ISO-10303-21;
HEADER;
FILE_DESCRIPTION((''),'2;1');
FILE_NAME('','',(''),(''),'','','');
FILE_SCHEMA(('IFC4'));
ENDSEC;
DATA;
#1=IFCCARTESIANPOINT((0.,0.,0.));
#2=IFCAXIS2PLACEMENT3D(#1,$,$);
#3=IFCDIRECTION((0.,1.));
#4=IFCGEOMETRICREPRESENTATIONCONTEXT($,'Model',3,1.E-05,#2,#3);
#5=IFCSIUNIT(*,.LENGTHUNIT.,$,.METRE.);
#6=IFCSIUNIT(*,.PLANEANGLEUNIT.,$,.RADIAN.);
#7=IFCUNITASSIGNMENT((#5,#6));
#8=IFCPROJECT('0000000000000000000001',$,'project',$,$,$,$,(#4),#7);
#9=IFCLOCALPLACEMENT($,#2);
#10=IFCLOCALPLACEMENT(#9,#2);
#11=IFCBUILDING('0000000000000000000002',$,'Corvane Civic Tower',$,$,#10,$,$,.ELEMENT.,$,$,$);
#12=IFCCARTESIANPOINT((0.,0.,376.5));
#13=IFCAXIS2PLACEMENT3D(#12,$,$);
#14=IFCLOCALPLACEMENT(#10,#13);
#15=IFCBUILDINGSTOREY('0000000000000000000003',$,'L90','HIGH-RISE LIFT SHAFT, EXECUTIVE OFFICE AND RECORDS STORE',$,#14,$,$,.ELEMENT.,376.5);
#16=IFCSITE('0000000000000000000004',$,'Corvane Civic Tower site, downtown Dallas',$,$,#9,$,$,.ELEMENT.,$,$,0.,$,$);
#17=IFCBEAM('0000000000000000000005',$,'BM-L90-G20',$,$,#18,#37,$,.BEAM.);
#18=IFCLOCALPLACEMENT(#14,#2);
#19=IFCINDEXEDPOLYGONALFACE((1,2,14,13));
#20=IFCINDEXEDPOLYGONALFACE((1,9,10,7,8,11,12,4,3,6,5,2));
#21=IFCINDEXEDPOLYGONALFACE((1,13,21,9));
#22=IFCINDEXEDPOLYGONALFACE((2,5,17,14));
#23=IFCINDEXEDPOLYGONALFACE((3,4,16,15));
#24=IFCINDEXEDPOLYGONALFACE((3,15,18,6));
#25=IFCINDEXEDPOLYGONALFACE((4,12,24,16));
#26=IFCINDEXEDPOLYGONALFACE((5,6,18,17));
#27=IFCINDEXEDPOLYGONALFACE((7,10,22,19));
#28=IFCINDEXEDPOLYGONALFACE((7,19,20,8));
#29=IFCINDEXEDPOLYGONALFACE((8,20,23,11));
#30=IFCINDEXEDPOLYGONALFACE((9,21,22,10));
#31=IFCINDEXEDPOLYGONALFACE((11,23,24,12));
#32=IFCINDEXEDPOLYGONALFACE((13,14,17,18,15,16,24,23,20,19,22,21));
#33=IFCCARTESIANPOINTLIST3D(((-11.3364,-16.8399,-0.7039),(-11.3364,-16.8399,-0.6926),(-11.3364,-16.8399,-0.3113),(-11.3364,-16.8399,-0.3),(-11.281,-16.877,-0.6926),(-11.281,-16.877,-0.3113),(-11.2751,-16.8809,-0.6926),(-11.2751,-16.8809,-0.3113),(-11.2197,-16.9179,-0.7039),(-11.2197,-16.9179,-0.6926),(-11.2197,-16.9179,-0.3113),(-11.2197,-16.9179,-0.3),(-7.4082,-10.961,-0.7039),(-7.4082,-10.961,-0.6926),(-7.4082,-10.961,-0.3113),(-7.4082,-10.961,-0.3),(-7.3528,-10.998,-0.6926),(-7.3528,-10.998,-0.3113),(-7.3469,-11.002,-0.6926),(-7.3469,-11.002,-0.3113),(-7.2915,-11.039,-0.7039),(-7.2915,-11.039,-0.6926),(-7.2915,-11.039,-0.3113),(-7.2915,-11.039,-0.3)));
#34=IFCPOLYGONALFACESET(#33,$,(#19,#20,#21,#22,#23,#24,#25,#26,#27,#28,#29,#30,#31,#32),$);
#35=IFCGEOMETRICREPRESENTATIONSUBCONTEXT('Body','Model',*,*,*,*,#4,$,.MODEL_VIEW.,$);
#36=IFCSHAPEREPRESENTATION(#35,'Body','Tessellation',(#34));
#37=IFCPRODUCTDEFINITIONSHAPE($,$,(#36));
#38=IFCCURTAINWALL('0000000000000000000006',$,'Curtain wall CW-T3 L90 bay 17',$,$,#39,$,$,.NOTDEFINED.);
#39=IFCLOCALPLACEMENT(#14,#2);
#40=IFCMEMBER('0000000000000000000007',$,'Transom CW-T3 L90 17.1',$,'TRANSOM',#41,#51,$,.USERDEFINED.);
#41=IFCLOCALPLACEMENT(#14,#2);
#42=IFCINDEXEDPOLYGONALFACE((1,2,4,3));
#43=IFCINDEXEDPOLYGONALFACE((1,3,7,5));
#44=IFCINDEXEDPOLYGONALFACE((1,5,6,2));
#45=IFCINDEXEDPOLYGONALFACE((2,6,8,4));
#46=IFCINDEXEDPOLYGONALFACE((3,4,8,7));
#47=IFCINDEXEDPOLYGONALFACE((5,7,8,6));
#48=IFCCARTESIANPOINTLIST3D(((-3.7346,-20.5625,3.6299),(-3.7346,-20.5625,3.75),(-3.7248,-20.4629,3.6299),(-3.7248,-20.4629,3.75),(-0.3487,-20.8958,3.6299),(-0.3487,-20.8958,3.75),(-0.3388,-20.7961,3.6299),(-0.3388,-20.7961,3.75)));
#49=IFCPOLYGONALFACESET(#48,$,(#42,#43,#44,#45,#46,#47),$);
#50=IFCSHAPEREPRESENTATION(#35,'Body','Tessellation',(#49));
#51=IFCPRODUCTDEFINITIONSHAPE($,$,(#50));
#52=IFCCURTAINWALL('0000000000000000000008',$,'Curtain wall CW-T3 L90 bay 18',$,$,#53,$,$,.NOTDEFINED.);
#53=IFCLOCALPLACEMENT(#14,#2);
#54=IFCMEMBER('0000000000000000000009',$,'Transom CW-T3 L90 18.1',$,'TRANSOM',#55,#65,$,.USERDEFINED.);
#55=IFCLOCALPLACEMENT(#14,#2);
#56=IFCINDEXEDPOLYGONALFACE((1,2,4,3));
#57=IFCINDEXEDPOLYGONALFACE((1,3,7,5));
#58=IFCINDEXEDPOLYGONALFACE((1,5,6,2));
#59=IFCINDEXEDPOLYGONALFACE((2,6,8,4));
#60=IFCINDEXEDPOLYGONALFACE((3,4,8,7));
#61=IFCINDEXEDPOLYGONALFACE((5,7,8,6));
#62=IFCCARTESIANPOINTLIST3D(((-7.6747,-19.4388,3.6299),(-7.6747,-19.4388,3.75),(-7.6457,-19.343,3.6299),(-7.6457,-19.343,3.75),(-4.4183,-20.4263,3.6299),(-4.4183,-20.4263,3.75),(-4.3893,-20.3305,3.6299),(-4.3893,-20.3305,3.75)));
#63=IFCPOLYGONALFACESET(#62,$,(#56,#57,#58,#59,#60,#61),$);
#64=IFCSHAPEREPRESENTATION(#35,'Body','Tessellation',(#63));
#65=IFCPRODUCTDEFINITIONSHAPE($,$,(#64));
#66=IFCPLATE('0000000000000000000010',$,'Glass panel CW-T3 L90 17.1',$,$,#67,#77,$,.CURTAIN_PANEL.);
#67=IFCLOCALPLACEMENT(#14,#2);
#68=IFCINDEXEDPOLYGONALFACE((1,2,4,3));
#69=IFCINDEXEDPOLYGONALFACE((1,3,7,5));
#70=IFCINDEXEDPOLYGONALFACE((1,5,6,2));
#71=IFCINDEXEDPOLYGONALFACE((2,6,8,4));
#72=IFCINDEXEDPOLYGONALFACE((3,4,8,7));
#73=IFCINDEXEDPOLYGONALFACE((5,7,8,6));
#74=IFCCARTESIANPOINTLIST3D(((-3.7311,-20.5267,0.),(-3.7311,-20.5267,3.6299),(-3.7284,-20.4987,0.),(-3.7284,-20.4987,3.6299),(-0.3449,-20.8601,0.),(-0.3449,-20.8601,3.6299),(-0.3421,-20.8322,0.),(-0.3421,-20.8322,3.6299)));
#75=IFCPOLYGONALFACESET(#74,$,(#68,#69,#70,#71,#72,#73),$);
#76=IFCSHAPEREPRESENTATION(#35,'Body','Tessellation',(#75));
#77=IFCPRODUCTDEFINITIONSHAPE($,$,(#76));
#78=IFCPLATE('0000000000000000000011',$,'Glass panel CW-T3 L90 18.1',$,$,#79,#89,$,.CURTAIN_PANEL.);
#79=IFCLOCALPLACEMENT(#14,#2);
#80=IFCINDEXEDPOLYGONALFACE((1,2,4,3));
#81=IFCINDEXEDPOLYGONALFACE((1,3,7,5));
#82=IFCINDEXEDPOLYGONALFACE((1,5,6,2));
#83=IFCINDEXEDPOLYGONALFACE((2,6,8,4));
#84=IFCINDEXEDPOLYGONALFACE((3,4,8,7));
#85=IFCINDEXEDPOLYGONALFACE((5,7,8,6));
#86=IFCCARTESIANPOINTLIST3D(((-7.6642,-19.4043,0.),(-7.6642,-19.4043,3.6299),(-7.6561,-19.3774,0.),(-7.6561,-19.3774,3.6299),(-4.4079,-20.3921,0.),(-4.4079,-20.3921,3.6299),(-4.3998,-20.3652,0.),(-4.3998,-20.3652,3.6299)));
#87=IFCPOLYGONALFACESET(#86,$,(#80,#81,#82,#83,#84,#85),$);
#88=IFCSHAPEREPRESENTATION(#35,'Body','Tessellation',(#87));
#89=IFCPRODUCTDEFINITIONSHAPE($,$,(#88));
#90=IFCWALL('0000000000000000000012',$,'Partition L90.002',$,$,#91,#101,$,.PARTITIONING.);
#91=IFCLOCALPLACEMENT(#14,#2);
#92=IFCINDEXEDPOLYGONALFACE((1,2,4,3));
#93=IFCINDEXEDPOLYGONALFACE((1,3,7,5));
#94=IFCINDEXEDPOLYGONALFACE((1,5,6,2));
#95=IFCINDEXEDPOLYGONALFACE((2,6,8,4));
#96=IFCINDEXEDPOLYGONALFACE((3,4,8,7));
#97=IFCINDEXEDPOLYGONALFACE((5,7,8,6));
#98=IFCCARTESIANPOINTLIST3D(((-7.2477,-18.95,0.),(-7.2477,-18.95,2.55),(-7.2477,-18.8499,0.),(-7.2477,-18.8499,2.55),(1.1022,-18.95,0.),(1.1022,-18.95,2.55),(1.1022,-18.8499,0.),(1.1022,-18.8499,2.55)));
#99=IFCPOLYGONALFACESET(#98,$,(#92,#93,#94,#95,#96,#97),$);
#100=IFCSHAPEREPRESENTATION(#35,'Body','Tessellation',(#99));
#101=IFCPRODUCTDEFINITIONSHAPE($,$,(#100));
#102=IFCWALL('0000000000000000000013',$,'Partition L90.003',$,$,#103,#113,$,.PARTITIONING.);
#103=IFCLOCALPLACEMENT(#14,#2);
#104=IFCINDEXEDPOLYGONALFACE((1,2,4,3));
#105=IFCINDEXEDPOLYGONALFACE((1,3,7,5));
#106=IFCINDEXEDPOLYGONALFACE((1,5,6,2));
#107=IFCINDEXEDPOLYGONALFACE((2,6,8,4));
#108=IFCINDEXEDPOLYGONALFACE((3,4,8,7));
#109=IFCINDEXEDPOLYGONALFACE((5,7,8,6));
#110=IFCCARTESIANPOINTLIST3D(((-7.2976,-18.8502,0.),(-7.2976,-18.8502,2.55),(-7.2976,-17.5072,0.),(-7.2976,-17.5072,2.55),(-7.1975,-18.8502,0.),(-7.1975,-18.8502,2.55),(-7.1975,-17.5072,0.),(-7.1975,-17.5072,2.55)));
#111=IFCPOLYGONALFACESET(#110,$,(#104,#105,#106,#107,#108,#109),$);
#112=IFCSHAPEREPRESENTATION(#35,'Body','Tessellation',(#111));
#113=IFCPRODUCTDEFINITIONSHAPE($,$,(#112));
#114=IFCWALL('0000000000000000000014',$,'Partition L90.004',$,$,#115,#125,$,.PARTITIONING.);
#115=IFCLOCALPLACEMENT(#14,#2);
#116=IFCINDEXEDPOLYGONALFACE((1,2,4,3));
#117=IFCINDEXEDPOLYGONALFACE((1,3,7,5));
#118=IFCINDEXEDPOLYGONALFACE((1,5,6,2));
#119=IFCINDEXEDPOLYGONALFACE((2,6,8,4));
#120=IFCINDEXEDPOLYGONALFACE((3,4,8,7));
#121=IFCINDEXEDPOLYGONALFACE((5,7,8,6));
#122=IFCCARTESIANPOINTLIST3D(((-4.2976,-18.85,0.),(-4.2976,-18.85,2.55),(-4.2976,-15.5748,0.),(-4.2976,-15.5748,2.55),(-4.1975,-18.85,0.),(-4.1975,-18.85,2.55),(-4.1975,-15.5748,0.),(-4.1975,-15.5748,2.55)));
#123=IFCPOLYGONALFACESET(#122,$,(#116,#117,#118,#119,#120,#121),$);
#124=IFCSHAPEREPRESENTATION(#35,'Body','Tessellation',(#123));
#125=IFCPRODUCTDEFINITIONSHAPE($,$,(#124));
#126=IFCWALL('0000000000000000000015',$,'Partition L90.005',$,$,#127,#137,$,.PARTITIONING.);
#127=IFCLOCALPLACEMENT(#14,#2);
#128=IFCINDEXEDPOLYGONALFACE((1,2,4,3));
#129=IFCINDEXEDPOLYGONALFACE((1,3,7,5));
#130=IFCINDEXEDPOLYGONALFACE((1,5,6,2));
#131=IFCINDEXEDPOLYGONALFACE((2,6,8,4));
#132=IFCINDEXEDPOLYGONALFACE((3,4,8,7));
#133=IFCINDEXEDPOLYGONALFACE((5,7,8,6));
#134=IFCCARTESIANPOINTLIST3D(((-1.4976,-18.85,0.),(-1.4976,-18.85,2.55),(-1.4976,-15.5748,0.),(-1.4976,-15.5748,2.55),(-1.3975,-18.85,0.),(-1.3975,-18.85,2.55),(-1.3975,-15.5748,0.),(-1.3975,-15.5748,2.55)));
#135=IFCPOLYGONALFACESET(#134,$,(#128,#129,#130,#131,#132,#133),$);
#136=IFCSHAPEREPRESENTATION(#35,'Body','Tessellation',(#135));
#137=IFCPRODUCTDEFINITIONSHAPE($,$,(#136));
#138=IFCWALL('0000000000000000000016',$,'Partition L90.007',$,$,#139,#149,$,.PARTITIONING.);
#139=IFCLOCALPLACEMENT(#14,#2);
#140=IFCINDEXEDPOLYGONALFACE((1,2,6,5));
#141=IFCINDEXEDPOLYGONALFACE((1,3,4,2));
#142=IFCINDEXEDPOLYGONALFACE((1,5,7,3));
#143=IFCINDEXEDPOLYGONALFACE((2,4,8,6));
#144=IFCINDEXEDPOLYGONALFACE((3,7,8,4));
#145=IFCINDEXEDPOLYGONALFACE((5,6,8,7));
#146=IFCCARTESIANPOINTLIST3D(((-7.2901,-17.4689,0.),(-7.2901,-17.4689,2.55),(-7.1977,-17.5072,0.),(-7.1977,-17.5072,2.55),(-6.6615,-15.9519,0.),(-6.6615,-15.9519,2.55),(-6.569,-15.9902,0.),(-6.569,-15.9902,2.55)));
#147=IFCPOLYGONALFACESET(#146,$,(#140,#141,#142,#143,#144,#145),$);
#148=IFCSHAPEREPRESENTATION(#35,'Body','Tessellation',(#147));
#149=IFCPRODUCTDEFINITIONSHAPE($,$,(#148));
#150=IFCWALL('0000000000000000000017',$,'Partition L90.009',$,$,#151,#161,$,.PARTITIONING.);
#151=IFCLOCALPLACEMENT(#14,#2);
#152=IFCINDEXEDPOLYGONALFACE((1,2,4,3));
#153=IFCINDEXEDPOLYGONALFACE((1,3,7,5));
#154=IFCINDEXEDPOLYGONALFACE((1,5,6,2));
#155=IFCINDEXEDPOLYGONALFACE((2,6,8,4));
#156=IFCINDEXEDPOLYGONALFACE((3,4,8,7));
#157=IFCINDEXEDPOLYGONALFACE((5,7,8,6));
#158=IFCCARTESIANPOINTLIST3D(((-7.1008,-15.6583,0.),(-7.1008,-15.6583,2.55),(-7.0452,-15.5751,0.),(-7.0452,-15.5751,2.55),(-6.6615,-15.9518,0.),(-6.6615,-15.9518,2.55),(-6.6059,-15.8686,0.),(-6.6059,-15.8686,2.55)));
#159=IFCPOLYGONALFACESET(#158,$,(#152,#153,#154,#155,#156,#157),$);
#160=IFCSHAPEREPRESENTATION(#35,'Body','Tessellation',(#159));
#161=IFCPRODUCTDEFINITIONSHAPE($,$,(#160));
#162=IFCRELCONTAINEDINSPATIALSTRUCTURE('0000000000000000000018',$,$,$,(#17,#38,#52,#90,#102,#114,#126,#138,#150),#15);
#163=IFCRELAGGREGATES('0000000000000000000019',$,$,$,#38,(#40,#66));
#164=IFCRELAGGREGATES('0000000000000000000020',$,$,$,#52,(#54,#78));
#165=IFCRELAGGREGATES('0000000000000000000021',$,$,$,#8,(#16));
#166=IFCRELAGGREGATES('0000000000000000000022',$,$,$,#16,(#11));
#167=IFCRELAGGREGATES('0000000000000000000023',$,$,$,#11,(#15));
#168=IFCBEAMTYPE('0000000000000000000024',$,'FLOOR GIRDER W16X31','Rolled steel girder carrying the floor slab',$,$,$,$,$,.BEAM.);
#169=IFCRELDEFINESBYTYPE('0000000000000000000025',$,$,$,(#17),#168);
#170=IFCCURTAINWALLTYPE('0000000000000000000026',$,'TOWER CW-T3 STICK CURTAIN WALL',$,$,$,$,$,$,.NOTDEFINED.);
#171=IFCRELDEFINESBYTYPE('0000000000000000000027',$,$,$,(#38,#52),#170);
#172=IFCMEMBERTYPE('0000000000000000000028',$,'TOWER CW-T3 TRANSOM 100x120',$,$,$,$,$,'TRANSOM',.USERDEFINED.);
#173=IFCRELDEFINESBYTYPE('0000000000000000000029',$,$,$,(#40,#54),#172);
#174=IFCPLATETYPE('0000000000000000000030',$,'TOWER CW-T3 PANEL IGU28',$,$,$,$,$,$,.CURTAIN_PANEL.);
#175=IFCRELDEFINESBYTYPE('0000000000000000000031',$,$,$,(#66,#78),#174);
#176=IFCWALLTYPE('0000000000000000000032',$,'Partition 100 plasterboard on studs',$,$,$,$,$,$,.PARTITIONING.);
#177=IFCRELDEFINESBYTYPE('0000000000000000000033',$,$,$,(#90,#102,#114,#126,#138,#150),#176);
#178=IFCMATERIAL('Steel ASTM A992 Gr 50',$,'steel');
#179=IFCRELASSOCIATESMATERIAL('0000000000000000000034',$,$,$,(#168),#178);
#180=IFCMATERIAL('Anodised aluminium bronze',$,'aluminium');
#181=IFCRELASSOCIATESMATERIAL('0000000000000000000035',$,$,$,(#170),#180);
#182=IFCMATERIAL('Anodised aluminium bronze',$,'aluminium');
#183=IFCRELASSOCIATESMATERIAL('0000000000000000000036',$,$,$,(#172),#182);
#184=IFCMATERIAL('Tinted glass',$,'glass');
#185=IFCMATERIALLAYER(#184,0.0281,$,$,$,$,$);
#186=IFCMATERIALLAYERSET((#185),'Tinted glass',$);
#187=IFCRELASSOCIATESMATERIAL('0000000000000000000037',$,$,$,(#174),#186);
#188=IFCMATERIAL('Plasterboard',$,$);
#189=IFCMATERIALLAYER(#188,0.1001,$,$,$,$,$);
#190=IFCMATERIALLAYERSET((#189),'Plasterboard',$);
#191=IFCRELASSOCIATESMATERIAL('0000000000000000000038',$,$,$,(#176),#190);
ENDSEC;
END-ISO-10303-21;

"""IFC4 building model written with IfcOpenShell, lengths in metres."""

from ifc_helpers import new_model, si_unit, direction, frame, frame_2d, origin, origin_2d, place, context, subcontext, project, spatial, rectangle, i_section, extrude, material, layer, layer_set, material_profile, profile_set, type_object, element, aggregate, save


model = new_model("IFC4")

# Units and contexts
model_context = context("Model", 3, precision=1e-05, world=origin(), true_north=direction((0.0, 1.0)))
body_context = subcontext(model_context, "Body", "Model", "MODEL_VIEW")
ifc_project = project(units=[si_unit("LENGTHUNIT", "METRE"), si_unit("PLANEANGLEUNIT", "RADIAN")], contexts=[model_context])

# Site, building, storey
site_placement = place(None, origin())
site = spatial("IfcSite", under=ifc_project, at=site_placement, Name="Corvane Civic Tower site, downtown Dallas", CompositionType="ELEMENT", RefElevation=0.0)
building_placement = place(site_placement, origin())
building = spatial("IfcBuilding", under=site, at=building_placement, Name="Corvane Civic Tower", CompositionType="ELEMENT")
storey_placement = place(building_placement, frame((0.0, 0.0, 376.5)))
storey = spatial("IfcBuildingStorey", under=building, at=storey_placement, Name="L90", Description="HIGH-RISE LIFT SHAFT, EXECUTIVE OFFICE AND RECORDS STORE", CompositionType="ELEMENT", Elevation=376.5)

# Beam
ifc_material_1 = material(Name="Steel ASTM A992 Gr 50", Category="steel")
ifc_material_profile_1 = material_profile(ifc_material_1, i_section(OverallWidth=0.1404, OverallDepth=0.4038, WebThickness=0.0071, FlangeThickness=0.0112, at=origin_2d()), Name="W16X31")
ifc_profile_set_1 = profile_set([ifc_material_profile_1], Name="Steel ASTM A992 Gr 50")
beam_type_1 = type_object("IfcBeamType", Name="FLOOR GIRDER W16X31", Description="Rolled steel girder carrying the floor slab", PredefinedType="BEAM", material=ifc_profile_set_1)
beam_1_placement = place(storey_placement, frame((-7.3499, -11.0, -0.502), z_axis=(-0.555576, -0.831465, 0.0), x_axis=(0.831465, -0.555576, 0.0)))
element("IfcBeam", 1, at=beam_1_placement, inside=storey, type_object=beam_type_1, Name="BM-L90-G20", PredefinedType="BEAM", context=body_context, shape_type="SweptSolid", body=[
    extrude(i_section(OverallWidth=0.1404, OverallDepth=0.4038, WebThickness=0.0071, FlangeThickness=0.0112, at=origin_2d()), origin(), (0.0, 0.0, 1.0), 7.0706),
])

# Curtain walls, members
ifc_material_2 = material(Name="Anodised aluminium bronze", Category="aluminium")
curtain_wall_type = type_object("IfcCurtainWallType", Name="TOWER CW-T3 STICK CURTAIN WALL", PredefinedType="NOTDEFINED", material=ifc_material_2)
curtain_wall_1_placement = place(storey_placement, origin())
curtain_wall_1 = element("IfcCurtainWall", 2, at=curtain_wall_1_placement, inside=storey, type_object=curtain_wall_type, Name="Curtain wall CW-T3 L90 bay 17", PredefinedType="NOTDEFINED")
ifc_material_3 = material(Name="Anodised aluminium bronze", Category="aluminium")
ifc_material_profile_2 = material_profile(ifc_material_3, rectangle(XDim=0.1001, YDim=0.1201, at=origin_2d()), Name="TOWER CW-T3 TRANSOM 100x120")
ifc_profile_set_2 = profile_set([ifc_material_profile_2], Name="Anodised aluminium bronze")
member_type = type_object("IfcMemberType", Name="TOWER CW-T3 TRANSOM 100x120", ElementType="TRANSOM", PredefinedType="USERDEFINED", material=ifc_profile_set_2)
member_1_placement = place(storey_placement, frame((-0.3438, -20.8459, 3.6899), z_axis=(-0.995192, 0.097948, 0.0), x_axis=(-0.097948, -0.995192, 0.0)))
member_1 = element("IfcMember", 3, at=member_1_placement, type_object=member_type, Name="Transom CW-T3 L90 17.1", ObjectType="TRANSOM", PredefinedType="USERDEFINED", context=body_context, shape_type="SweptSolid", body=[
    extrude(rectangle(XDim=0.1001, YDim=0.1201, at=origin_2d()), origin(), (0.0, 0.0, 1.0), 3.4023),
])
curtain_wall_2_placement = place(storey_placement, origin())
curtain_wall_2 = element("IfcCurtainWall", 4, at=curtain_wall_2_placement, inside=storey, type_object=curtain_wall_type, Name="Curtain wall CW-T3 L90 bay 18", PredefinedType="NOTDEFINED")
member_2_placement = place(storey_placement, frame((-4.4038, -20.3784, 3.6899), z_axis=(-0.956961, 0.290216, 0.0), x_axis=(-0.290216, -0.956961, 0.0)))
member_2 = element("IfcMember", 5, at=member_2_placement, type_object=member_type, Name="Transom CW-T3 L90 18.1", ObjectType="TRANSOM", PredefinedType="USERDEFINED", context=body_context, shape_type="SweptSolid", body=[
    extrude(rectangle(XDim=0.1001, YDim=0.1201, at=origin_2d()), origin(), (0.0, 0.0, 1.0), 3.4028),
])

# Plates
ifc_material_4 = material(Name="Tinted glass", Category="glass")
ifc_layer_1 = layer(ifc_material_4, 0.0281)
ifc_layer_set_1 = layer_set([ifc_layer_1], Name="Tinted glass")
plate_type = type_object("IfcPlateType", Name="TOWER CW-T3 PANEL IGU28", PredefinedType="CURTAIN_PANEL", material=ifc_layer_set_1)
plate_1_placement = place(storey_placement, frame((-2.0366, -20.6794, 0.0), z_axis=(0.0, 0.0, 1.0), x_axis=(-0.995187, 0.097998, 0.0)))
plate_1 = element("IfcPlate", 6, at=plate_1_placement, type_object=plate_type, Name="Glass panel CW-T3 L90 17.1", PredefinedType="CURTAIN_PANEL", context=body_context, shape_type="SweptSolid", body=[
    extrude(rectangle(XDim=3.4026, YDim=0.0281, at=origin_2d()), origin(), (0.0, 0.0, 1.0), 3.6299),
])
aggregate(curtain_wall_1, [member_1, plate_1])
plate_2_placement = place(storey_placement, frame((-6.032, -19.8848, 0.0), z_axis=(0.0, 0.0, 1.0), x_axis=(-0.956939, 0.29029, 0.0)))
plate_2 = element("IfcPlate", 7, at=plate_2_placement, type_object=plate_type, Name="Glass panel CW-T3 L90 18.1", PredefinedType="CURTAIN_PANEL", context=body_context, shape_type="SweptSolid", body=[
    extrude(rectangle(XDim=3.4028, YDim=0.0281, at=origin_2d()), origin(), (0.0, 0.0, 1.0), 3.6299),
])
aggregate(curtain_wall_2, [member_2, plate_2])

# Walls
ifc_material_5 = material(Name="Plasterboard")
ifc_layer_2 = layer(ifc_material_5, 0.1001)
ifc_layer_set_2 = layer_set([ifc_layer_2], Name="Plasterboard")
wall_type = type_object("IfcWallType", Name="Partition 100 plasterboard on studs", PredefinedType="PARTITIONING", material=ifc_layer_set_2)
wall_1_placement = place(storey_placement, frame((-7.2476, -18.8999, 0.0), z_axis=(0.0, 0.0, 1.0), x_axis=(1.0, 0.0, 0.0)))
element("IfcWall", 8, at=wall_1_placement, inside=storey, type_object=wall_type, Name="Partition L90.002", PredefinedType="PARTITIONING", context=body_context, shape_type="SweptSolid", body=[
    extrude(rectangle(XDim=8.3499, YDim=0.1001, at=frame_2d((4.1748, 0.0))), origin(), (0.0, 0.0, 1.0), 2.55),
])
wall_2_placement = place(storey_placement, frame((-7.2476, -18.8501, 0.0), z_axis=(0.0, 0.0, 1.0), x_axis=(0.0, 1.0, 0.0)))
element("IfcWall", 9, at=wall_2_placement, inside=storey, type_object=wall_type, Name="Partition L90.003", PredefinedType="PARTITIONING", context=body_context, shape_type="SweptSolid", body=[
    extrude(rectangle(XDim=1.343, YDim=0.1001, at=frame_2d((0.6714, 0.0))), origin(), (0.0, 0.0, 1.0), 2.55),
])
for number, where, z_axis, x_axis, name in (
    (10, (-4.2476, -18.8501, 0.0), (0.0, 0.0, 1.0), (0.0, 1.0, 0.0), "Partition L90.004"),
    (11, (-1.4475, -18.8501, 0.0), (0.0, 0.0, 1.0), (0.0, 1.0, 0.0), "Partition L90.005"),
):
    element("IfcWall", number, at=place(storey_placement, frame(where, z_axis=z_axis, x_axis=x_axis)), inside=storey, type_object=wall_type, Name=name, PredefinedType="PARTITIONING", context=body_context, shape_type="SweptSolid", body=[
        extrude(rectangle(XDim=3.2751, YDim=0.1001, at=frame_2d((1.6377, 0.0))), origin(), (0.0, 0.0, 1.0), 2.55),
    ])
wall_3_placement = place(storey_placement, frame((-7.2439, -17.488, 0.0), z_axis=(0.0, 0.0, 1.0), x_axis=(0.38282, 0.923823, 0.0)))
element("IfcWall", 12, at=wall_3_placement, inside=storey, type_object=wall_type, Name="Partition L90.007", PredefinedType="PARTITIONING", context=body_context, shape_type="SweptSolid", body=[
    extrude(rectangle(XDim=1.6421, YDim=0.1001, at=frame_2d((0.821, 0.0))), origin(), (0.0, 0.0, 1.0), 2.55),
])
wall_4_placement = place(storey_placement, frame((-7.073, -15.6167, 0.0), z_axis=(0.0, 0.0, 1.0), x_axis=(0.831481, -0.555553, 0.0)))
element("IfcWall", 13, at=wall_4_placement, inside=storey, type_object=wall_type, Name="Partition L90.009", PredefinedType="PARTITIONING", context=body_context, shape_type="SweptSolid", body=[
    extrude(rectangle(XDim=0.5283, YDim=0.1001, at=frame_2d((0.2642, 0.0))), origin(), (0.0, 0.0, 1.0), 2.55),
])

save(model, "model.ifc")
